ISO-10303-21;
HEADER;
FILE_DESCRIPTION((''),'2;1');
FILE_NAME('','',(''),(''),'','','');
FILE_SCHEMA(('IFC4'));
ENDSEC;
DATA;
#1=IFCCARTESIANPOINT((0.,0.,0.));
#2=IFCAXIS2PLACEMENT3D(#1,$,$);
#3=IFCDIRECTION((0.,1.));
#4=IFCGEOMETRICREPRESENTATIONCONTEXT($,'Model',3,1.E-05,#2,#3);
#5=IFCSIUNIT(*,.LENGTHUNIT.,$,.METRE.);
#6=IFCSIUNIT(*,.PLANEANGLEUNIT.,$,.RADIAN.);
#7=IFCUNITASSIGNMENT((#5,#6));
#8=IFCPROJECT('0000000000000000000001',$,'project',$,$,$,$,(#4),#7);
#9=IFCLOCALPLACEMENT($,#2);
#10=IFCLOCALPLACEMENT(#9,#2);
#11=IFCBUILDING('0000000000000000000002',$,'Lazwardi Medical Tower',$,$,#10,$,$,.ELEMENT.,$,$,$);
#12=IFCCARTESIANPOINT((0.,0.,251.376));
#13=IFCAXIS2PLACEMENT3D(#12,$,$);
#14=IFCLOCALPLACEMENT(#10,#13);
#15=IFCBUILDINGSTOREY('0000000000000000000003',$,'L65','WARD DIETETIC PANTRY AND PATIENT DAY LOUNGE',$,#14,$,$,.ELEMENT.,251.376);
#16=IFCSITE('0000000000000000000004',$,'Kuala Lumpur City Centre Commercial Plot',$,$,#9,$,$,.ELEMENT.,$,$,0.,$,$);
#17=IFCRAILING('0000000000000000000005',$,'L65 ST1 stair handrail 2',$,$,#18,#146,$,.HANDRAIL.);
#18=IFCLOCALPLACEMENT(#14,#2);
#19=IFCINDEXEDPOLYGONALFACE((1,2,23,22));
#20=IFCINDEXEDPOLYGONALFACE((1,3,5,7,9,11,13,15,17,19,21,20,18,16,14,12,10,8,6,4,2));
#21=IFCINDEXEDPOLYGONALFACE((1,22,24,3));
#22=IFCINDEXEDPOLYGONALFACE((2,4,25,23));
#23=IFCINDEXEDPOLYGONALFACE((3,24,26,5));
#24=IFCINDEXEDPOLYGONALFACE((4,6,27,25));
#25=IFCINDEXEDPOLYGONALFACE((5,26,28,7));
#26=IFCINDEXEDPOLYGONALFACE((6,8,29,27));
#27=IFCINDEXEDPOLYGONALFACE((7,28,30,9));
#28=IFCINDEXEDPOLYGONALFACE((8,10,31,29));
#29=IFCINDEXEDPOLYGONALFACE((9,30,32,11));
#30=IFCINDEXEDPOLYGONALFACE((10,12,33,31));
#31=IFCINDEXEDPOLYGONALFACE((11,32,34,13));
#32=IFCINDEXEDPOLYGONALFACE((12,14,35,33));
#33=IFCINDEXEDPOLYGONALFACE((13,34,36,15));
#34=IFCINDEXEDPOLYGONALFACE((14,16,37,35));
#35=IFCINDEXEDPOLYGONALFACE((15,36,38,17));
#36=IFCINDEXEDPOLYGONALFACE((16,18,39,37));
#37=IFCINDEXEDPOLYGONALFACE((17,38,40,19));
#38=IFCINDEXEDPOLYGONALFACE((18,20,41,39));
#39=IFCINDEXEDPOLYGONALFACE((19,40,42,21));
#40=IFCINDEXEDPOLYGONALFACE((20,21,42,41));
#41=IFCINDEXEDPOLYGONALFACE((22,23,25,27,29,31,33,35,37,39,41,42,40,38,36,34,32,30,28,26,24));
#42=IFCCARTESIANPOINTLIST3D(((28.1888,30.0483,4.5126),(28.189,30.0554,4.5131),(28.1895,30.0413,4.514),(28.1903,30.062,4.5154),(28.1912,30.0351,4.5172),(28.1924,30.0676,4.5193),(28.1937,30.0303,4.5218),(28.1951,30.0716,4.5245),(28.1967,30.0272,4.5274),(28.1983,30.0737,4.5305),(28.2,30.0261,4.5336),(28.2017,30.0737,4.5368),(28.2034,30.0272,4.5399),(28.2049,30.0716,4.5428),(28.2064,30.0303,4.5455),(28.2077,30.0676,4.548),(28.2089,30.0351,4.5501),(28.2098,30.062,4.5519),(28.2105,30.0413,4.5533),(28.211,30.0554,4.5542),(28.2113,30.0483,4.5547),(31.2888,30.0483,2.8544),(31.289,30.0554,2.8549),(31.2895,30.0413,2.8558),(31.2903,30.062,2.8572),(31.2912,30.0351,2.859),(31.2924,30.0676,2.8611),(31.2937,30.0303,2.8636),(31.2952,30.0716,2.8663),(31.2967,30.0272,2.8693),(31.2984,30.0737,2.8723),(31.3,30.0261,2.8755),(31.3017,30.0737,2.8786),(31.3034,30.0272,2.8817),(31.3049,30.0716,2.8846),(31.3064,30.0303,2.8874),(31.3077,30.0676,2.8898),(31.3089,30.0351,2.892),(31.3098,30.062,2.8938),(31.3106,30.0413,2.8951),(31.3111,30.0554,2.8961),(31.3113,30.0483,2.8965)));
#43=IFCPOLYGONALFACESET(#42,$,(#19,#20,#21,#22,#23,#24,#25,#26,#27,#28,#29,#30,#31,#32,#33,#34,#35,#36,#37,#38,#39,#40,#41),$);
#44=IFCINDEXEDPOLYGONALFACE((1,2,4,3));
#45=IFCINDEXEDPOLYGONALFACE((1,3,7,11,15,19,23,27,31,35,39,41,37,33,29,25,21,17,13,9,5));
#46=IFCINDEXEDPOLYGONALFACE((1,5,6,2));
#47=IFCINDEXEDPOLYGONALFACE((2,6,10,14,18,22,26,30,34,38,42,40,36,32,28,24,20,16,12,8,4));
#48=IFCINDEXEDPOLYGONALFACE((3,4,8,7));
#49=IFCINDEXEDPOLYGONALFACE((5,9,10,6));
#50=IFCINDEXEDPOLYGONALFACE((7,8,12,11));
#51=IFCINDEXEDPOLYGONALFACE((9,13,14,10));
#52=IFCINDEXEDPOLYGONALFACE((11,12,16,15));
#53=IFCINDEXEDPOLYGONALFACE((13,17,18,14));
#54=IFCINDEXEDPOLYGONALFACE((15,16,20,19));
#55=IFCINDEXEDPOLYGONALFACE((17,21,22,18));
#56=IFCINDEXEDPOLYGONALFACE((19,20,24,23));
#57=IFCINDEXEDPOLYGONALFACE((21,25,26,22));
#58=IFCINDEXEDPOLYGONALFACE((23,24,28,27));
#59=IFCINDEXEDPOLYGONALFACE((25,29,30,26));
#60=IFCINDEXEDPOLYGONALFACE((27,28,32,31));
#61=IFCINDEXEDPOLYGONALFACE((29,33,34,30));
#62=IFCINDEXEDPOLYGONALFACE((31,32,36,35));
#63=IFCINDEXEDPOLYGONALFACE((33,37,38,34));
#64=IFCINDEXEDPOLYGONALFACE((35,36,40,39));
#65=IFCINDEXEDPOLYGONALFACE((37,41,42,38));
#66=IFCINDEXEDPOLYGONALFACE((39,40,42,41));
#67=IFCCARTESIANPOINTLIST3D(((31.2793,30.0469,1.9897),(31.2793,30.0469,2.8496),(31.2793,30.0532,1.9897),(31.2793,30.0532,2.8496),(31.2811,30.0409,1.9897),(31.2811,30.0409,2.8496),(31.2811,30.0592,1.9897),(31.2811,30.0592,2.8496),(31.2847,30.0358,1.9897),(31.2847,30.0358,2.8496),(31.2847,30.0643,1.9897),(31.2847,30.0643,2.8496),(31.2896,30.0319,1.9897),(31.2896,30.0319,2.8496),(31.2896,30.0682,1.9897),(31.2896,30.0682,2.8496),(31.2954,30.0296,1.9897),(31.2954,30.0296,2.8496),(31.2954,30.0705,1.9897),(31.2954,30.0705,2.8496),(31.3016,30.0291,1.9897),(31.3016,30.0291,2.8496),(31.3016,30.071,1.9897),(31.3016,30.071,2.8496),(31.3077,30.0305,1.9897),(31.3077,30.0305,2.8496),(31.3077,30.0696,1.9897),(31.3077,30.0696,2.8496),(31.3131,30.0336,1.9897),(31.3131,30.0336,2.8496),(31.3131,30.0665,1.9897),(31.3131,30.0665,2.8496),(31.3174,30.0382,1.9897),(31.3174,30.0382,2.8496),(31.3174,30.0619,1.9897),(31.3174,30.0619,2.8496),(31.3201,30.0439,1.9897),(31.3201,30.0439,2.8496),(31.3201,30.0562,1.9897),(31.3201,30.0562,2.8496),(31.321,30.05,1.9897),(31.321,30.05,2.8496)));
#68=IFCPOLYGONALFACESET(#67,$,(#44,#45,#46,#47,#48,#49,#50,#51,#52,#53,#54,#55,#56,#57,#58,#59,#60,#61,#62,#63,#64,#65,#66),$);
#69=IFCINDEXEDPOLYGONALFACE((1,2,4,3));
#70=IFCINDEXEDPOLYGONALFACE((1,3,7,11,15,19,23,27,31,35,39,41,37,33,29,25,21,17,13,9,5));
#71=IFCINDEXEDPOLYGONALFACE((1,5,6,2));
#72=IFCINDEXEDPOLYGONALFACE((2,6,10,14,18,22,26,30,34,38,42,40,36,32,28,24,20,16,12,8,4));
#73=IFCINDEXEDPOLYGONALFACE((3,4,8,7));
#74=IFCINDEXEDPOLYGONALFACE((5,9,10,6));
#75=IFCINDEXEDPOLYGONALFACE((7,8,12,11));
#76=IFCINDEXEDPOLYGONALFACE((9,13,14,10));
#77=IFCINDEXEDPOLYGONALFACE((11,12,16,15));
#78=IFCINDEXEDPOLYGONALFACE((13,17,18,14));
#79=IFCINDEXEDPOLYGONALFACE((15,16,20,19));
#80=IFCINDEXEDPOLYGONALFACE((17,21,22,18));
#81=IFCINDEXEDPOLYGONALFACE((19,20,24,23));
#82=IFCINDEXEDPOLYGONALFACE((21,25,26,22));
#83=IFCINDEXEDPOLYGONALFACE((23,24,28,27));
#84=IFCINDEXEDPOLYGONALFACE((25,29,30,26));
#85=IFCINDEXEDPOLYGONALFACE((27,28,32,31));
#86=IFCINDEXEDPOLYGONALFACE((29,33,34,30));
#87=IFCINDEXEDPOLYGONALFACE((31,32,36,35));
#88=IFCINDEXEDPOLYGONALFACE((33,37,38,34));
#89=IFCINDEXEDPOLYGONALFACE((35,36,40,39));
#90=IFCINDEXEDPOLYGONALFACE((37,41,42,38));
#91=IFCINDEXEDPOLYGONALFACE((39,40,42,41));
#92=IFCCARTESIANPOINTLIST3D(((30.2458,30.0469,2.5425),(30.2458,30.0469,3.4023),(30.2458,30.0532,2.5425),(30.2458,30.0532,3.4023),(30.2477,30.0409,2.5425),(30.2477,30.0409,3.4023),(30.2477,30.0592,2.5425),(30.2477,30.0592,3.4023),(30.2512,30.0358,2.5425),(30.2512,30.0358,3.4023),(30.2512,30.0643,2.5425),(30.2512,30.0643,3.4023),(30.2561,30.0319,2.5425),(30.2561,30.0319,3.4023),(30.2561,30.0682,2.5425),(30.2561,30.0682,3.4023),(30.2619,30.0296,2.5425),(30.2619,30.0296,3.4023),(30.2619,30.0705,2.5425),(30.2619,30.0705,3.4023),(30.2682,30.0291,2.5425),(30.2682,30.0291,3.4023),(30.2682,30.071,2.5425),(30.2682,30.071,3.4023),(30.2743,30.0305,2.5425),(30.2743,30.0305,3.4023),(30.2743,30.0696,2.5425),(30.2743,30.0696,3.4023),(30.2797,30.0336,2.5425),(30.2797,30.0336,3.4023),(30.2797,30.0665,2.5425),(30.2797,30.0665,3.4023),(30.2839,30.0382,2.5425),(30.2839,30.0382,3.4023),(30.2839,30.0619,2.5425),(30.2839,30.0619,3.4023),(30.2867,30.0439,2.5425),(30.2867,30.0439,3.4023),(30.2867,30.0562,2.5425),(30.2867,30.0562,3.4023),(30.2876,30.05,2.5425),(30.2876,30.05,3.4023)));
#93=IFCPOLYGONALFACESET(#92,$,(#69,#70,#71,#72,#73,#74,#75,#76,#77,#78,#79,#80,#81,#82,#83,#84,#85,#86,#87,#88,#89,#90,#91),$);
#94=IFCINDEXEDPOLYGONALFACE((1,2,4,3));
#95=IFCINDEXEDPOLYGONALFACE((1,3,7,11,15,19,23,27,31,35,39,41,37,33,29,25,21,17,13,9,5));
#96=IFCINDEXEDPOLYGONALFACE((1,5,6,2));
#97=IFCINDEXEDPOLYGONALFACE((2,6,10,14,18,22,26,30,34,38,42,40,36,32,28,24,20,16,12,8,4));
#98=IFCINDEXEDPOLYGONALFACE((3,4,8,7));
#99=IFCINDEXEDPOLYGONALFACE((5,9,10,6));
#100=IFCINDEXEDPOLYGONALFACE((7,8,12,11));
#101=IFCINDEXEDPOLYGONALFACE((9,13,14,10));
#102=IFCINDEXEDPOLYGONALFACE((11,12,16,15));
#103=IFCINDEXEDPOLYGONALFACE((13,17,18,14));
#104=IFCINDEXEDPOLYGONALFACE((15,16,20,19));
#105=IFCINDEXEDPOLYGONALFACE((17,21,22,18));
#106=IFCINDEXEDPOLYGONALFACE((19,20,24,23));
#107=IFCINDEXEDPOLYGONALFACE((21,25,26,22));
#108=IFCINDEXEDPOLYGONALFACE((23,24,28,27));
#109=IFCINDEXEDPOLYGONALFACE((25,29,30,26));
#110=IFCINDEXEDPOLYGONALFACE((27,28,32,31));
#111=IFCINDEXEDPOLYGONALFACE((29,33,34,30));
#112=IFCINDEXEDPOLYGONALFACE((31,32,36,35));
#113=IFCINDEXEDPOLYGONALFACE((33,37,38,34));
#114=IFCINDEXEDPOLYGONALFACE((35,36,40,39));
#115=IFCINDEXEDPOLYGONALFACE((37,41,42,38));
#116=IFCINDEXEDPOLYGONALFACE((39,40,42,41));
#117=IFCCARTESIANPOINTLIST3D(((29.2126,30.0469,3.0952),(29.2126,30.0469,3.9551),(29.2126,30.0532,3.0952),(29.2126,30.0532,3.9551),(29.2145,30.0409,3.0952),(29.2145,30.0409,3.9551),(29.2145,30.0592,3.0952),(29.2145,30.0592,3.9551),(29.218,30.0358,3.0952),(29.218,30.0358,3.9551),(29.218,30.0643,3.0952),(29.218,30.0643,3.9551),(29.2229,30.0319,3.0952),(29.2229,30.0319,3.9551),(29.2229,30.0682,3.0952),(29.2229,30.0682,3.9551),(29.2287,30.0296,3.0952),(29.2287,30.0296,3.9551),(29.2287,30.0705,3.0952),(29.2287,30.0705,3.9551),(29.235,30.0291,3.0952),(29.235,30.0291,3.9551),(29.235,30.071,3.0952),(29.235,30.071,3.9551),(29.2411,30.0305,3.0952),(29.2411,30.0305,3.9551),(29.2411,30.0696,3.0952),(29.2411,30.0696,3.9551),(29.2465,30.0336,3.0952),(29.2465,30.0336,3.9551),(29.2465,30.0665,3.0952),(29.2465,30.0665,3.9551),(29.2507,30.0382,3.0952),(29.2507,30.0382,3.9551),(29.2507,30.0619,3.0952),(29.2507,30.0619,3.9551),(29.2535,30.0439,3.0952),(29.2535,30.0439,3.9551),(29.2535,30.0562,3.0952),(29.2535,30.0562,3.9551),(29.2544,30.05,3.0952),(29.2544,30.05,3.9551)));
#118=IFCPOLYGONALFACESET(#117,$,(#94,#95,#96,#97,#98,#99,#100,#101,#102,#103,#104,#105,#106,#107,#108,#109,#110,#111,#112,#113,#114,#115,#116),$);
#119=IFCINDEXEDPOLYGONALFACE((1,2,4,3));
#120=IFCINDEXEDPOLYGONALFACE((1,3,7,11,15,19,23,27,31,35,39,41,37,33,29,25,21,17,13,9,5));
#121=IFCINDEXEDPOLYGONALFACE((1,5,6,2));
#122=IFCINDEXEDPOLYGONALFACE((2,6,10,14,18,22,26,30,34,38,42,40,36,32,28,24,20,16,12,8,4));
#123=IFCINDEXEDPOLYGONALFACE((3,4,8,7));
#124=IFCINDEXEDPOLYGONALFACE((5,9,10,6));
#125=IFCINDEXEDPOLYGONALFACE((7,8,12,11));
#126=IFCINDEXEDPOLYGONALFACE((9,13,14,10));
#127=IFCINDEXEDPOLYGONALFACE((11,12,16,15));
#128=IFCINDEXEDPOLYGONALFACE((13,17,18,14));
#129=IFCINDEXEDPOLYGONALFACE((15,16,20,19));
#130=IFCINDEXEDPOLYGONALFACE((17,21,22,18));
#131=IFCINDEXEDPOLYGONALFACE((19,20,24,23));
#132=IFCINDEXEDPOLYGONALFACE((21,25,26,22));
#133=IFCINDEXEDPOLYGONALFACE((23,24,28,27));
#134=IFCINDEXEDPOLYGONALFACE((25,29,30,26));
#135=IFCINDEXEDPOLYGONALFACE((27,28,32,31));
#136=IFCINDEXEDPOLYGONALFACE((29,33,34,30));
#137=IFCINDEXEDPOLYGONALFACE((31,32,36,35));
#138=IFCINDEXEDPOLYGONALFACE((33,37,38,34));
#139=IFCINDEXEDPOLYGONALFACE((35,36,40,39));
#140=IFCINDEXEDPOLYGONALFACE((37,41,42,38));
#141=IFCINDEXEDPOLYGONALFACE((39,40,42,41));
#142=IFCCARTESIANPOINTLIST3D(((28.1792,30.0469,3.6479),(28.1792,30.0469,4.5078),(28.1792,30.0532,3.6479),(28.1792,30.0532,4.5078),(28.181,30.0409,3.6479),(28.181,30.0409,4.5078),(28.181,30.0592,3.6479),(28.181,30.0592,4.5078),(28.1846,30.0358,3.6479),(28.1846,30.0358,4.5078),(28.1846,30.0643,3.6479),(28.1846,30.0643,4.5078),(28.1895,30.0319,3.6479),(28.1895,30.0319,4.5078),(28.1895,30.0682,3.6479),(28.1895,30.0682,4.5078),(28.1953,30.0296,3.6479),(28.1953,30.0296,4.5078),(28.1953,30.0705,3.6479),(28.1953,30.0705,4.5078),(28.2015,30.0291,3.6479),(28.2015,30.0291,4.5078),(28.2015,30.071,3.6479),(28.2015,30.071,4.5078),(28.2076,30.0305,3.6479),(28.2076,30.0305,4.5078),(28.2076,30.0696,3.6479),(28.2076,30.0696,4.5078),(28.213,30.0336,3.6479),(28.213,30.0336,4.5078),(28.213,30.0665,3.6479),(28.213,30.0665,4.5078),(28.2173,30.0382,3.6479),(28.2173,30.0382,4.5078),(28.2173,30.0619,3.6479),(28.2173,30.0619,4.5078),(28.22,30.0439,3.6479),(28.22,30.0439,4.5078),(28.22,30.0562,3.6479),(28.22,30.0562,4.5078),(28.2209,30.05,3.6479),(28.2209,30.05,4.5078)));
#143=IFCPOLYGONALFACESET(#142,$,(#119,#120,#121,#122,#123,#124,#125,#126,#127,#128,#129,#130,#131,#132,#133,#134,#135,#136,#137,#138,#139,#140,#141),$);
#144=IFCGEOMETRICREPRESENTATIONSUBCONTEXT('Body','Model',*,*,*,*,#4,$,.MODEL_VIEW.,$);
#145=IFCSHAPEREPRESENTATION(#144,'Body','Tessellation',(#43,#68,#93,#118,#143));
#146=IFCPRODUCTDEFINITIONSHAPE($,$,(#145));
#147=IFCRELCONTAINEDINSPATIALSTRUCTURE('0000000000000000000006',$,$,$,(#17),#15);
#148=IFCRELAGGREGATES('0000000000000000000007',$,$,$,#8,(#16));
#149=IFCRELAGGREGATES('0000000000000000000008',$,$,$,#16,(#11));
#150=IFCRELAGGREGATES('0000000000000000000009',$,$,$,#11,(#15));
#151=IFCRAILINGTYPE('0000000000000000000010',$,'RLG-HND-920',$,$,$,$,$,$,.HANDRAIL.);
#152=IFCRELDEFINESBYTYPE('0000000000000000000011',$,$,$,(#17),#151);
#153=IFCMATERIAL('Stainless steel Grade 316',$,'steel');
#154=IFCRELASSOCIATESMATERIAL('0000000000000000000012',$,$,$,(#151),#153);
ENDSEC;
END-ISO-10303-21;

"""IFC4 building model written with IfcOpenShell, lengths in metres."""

from ifc_helpers import new_model, si_unit, direction, frame, origin, origin_2d, place, context, subcontext, project, spatial, circle, extrude, material, type_object, element, save


model = new_model("IFC4")

# Units and contexts
model_context = context("Model", 3, precision=1e-05, world=origin(), true_north=direction((0.0, 1.0)))
body_context = subcontext(model_context, "Body", "Model", "MODEL_VIEW")
ifc_project = project(units=[si_unit("LENGTHUNIT", "METRE"), si_unit("PLANEANGLEUNIT", "RADIAN")], contexts=[model_context])

# Site, building, storey
site_placement = place(None, origin())
site = spatial("IfcSite", under=ifc_project, at=site_placement, Name="Kuala Lumpur City Centre Commercial Plot", CompositionType="ELEMENT", RefElevation=0.0)
building_placement = place(site_placement, origin())
building = spatial("IfcBuilding", under=site, at=building_placement, Name="Lazwardi Medical Tower", CompositionType="ELEMENT")
storey_placement = place(building_placement, frame((0.0, 0.0, 251.376)))
storey = spatial("IfcBuildingStorey", under=building, at=storey_placement, Name="L65", Description="WARD DIETETIC PANTRY AND PATIENT DAY LOUNGE", CompositionType="ELEMENT", Elevation=251.376)

# Railing
ifc_material_1 = material(Name="Stainless steel Grade 316", Category="steel")
railing_type_1 = type_object("IfcRailingType", Name="RLG-HND-920", PredefinedType="HANDRAIL", material=ifc_material_1)
railing_1_placement = place(storey_placement, frame((31.3, 30.05, 1.9897)))
element("IfcRailing", 1, at=railing_1_placement, inside=storey, type_object=railing_type_1, Name="L65 ST1 stair handrail 2", PredefinedType="HANDRAIL", context=body_context, shape_type="SweptSolid", body=[
    extrude(circle(Radius=0.0239, at=origin_2d()), frame((0.0, 0.0, 0.8857), z_axis=(-0.881783, 0.0, 0.471655), x_axis=(0.0, -1.0, 0.0)), (0.0, 0.0, 1.0), 3.5156),
    extrude(circle(Radius=0.021, at=origin_2d()), origin(), (0.0, 0.0, 1.0), 0.8599),
    extrude(circle(Radius=0.021, at=origin_2d()), frame((-1.0334, 0.0, 0.5527)), (0.0, 0.0, 1.0), 0.8599),
    extrude(circle(Radius=0.021, at=origin_2d()), frame((-2.0667, 0.0, 1.1055)), (0.0, 0.0, 1.0), 0.8599),
    extrude(circle(Radius=0.021, at=origin_2d()), frame((-3.1001, 0.0, 1.6582)), (0.0, 0.0, 1.0), 0.8599),
])

save(model, "model.ifc")
